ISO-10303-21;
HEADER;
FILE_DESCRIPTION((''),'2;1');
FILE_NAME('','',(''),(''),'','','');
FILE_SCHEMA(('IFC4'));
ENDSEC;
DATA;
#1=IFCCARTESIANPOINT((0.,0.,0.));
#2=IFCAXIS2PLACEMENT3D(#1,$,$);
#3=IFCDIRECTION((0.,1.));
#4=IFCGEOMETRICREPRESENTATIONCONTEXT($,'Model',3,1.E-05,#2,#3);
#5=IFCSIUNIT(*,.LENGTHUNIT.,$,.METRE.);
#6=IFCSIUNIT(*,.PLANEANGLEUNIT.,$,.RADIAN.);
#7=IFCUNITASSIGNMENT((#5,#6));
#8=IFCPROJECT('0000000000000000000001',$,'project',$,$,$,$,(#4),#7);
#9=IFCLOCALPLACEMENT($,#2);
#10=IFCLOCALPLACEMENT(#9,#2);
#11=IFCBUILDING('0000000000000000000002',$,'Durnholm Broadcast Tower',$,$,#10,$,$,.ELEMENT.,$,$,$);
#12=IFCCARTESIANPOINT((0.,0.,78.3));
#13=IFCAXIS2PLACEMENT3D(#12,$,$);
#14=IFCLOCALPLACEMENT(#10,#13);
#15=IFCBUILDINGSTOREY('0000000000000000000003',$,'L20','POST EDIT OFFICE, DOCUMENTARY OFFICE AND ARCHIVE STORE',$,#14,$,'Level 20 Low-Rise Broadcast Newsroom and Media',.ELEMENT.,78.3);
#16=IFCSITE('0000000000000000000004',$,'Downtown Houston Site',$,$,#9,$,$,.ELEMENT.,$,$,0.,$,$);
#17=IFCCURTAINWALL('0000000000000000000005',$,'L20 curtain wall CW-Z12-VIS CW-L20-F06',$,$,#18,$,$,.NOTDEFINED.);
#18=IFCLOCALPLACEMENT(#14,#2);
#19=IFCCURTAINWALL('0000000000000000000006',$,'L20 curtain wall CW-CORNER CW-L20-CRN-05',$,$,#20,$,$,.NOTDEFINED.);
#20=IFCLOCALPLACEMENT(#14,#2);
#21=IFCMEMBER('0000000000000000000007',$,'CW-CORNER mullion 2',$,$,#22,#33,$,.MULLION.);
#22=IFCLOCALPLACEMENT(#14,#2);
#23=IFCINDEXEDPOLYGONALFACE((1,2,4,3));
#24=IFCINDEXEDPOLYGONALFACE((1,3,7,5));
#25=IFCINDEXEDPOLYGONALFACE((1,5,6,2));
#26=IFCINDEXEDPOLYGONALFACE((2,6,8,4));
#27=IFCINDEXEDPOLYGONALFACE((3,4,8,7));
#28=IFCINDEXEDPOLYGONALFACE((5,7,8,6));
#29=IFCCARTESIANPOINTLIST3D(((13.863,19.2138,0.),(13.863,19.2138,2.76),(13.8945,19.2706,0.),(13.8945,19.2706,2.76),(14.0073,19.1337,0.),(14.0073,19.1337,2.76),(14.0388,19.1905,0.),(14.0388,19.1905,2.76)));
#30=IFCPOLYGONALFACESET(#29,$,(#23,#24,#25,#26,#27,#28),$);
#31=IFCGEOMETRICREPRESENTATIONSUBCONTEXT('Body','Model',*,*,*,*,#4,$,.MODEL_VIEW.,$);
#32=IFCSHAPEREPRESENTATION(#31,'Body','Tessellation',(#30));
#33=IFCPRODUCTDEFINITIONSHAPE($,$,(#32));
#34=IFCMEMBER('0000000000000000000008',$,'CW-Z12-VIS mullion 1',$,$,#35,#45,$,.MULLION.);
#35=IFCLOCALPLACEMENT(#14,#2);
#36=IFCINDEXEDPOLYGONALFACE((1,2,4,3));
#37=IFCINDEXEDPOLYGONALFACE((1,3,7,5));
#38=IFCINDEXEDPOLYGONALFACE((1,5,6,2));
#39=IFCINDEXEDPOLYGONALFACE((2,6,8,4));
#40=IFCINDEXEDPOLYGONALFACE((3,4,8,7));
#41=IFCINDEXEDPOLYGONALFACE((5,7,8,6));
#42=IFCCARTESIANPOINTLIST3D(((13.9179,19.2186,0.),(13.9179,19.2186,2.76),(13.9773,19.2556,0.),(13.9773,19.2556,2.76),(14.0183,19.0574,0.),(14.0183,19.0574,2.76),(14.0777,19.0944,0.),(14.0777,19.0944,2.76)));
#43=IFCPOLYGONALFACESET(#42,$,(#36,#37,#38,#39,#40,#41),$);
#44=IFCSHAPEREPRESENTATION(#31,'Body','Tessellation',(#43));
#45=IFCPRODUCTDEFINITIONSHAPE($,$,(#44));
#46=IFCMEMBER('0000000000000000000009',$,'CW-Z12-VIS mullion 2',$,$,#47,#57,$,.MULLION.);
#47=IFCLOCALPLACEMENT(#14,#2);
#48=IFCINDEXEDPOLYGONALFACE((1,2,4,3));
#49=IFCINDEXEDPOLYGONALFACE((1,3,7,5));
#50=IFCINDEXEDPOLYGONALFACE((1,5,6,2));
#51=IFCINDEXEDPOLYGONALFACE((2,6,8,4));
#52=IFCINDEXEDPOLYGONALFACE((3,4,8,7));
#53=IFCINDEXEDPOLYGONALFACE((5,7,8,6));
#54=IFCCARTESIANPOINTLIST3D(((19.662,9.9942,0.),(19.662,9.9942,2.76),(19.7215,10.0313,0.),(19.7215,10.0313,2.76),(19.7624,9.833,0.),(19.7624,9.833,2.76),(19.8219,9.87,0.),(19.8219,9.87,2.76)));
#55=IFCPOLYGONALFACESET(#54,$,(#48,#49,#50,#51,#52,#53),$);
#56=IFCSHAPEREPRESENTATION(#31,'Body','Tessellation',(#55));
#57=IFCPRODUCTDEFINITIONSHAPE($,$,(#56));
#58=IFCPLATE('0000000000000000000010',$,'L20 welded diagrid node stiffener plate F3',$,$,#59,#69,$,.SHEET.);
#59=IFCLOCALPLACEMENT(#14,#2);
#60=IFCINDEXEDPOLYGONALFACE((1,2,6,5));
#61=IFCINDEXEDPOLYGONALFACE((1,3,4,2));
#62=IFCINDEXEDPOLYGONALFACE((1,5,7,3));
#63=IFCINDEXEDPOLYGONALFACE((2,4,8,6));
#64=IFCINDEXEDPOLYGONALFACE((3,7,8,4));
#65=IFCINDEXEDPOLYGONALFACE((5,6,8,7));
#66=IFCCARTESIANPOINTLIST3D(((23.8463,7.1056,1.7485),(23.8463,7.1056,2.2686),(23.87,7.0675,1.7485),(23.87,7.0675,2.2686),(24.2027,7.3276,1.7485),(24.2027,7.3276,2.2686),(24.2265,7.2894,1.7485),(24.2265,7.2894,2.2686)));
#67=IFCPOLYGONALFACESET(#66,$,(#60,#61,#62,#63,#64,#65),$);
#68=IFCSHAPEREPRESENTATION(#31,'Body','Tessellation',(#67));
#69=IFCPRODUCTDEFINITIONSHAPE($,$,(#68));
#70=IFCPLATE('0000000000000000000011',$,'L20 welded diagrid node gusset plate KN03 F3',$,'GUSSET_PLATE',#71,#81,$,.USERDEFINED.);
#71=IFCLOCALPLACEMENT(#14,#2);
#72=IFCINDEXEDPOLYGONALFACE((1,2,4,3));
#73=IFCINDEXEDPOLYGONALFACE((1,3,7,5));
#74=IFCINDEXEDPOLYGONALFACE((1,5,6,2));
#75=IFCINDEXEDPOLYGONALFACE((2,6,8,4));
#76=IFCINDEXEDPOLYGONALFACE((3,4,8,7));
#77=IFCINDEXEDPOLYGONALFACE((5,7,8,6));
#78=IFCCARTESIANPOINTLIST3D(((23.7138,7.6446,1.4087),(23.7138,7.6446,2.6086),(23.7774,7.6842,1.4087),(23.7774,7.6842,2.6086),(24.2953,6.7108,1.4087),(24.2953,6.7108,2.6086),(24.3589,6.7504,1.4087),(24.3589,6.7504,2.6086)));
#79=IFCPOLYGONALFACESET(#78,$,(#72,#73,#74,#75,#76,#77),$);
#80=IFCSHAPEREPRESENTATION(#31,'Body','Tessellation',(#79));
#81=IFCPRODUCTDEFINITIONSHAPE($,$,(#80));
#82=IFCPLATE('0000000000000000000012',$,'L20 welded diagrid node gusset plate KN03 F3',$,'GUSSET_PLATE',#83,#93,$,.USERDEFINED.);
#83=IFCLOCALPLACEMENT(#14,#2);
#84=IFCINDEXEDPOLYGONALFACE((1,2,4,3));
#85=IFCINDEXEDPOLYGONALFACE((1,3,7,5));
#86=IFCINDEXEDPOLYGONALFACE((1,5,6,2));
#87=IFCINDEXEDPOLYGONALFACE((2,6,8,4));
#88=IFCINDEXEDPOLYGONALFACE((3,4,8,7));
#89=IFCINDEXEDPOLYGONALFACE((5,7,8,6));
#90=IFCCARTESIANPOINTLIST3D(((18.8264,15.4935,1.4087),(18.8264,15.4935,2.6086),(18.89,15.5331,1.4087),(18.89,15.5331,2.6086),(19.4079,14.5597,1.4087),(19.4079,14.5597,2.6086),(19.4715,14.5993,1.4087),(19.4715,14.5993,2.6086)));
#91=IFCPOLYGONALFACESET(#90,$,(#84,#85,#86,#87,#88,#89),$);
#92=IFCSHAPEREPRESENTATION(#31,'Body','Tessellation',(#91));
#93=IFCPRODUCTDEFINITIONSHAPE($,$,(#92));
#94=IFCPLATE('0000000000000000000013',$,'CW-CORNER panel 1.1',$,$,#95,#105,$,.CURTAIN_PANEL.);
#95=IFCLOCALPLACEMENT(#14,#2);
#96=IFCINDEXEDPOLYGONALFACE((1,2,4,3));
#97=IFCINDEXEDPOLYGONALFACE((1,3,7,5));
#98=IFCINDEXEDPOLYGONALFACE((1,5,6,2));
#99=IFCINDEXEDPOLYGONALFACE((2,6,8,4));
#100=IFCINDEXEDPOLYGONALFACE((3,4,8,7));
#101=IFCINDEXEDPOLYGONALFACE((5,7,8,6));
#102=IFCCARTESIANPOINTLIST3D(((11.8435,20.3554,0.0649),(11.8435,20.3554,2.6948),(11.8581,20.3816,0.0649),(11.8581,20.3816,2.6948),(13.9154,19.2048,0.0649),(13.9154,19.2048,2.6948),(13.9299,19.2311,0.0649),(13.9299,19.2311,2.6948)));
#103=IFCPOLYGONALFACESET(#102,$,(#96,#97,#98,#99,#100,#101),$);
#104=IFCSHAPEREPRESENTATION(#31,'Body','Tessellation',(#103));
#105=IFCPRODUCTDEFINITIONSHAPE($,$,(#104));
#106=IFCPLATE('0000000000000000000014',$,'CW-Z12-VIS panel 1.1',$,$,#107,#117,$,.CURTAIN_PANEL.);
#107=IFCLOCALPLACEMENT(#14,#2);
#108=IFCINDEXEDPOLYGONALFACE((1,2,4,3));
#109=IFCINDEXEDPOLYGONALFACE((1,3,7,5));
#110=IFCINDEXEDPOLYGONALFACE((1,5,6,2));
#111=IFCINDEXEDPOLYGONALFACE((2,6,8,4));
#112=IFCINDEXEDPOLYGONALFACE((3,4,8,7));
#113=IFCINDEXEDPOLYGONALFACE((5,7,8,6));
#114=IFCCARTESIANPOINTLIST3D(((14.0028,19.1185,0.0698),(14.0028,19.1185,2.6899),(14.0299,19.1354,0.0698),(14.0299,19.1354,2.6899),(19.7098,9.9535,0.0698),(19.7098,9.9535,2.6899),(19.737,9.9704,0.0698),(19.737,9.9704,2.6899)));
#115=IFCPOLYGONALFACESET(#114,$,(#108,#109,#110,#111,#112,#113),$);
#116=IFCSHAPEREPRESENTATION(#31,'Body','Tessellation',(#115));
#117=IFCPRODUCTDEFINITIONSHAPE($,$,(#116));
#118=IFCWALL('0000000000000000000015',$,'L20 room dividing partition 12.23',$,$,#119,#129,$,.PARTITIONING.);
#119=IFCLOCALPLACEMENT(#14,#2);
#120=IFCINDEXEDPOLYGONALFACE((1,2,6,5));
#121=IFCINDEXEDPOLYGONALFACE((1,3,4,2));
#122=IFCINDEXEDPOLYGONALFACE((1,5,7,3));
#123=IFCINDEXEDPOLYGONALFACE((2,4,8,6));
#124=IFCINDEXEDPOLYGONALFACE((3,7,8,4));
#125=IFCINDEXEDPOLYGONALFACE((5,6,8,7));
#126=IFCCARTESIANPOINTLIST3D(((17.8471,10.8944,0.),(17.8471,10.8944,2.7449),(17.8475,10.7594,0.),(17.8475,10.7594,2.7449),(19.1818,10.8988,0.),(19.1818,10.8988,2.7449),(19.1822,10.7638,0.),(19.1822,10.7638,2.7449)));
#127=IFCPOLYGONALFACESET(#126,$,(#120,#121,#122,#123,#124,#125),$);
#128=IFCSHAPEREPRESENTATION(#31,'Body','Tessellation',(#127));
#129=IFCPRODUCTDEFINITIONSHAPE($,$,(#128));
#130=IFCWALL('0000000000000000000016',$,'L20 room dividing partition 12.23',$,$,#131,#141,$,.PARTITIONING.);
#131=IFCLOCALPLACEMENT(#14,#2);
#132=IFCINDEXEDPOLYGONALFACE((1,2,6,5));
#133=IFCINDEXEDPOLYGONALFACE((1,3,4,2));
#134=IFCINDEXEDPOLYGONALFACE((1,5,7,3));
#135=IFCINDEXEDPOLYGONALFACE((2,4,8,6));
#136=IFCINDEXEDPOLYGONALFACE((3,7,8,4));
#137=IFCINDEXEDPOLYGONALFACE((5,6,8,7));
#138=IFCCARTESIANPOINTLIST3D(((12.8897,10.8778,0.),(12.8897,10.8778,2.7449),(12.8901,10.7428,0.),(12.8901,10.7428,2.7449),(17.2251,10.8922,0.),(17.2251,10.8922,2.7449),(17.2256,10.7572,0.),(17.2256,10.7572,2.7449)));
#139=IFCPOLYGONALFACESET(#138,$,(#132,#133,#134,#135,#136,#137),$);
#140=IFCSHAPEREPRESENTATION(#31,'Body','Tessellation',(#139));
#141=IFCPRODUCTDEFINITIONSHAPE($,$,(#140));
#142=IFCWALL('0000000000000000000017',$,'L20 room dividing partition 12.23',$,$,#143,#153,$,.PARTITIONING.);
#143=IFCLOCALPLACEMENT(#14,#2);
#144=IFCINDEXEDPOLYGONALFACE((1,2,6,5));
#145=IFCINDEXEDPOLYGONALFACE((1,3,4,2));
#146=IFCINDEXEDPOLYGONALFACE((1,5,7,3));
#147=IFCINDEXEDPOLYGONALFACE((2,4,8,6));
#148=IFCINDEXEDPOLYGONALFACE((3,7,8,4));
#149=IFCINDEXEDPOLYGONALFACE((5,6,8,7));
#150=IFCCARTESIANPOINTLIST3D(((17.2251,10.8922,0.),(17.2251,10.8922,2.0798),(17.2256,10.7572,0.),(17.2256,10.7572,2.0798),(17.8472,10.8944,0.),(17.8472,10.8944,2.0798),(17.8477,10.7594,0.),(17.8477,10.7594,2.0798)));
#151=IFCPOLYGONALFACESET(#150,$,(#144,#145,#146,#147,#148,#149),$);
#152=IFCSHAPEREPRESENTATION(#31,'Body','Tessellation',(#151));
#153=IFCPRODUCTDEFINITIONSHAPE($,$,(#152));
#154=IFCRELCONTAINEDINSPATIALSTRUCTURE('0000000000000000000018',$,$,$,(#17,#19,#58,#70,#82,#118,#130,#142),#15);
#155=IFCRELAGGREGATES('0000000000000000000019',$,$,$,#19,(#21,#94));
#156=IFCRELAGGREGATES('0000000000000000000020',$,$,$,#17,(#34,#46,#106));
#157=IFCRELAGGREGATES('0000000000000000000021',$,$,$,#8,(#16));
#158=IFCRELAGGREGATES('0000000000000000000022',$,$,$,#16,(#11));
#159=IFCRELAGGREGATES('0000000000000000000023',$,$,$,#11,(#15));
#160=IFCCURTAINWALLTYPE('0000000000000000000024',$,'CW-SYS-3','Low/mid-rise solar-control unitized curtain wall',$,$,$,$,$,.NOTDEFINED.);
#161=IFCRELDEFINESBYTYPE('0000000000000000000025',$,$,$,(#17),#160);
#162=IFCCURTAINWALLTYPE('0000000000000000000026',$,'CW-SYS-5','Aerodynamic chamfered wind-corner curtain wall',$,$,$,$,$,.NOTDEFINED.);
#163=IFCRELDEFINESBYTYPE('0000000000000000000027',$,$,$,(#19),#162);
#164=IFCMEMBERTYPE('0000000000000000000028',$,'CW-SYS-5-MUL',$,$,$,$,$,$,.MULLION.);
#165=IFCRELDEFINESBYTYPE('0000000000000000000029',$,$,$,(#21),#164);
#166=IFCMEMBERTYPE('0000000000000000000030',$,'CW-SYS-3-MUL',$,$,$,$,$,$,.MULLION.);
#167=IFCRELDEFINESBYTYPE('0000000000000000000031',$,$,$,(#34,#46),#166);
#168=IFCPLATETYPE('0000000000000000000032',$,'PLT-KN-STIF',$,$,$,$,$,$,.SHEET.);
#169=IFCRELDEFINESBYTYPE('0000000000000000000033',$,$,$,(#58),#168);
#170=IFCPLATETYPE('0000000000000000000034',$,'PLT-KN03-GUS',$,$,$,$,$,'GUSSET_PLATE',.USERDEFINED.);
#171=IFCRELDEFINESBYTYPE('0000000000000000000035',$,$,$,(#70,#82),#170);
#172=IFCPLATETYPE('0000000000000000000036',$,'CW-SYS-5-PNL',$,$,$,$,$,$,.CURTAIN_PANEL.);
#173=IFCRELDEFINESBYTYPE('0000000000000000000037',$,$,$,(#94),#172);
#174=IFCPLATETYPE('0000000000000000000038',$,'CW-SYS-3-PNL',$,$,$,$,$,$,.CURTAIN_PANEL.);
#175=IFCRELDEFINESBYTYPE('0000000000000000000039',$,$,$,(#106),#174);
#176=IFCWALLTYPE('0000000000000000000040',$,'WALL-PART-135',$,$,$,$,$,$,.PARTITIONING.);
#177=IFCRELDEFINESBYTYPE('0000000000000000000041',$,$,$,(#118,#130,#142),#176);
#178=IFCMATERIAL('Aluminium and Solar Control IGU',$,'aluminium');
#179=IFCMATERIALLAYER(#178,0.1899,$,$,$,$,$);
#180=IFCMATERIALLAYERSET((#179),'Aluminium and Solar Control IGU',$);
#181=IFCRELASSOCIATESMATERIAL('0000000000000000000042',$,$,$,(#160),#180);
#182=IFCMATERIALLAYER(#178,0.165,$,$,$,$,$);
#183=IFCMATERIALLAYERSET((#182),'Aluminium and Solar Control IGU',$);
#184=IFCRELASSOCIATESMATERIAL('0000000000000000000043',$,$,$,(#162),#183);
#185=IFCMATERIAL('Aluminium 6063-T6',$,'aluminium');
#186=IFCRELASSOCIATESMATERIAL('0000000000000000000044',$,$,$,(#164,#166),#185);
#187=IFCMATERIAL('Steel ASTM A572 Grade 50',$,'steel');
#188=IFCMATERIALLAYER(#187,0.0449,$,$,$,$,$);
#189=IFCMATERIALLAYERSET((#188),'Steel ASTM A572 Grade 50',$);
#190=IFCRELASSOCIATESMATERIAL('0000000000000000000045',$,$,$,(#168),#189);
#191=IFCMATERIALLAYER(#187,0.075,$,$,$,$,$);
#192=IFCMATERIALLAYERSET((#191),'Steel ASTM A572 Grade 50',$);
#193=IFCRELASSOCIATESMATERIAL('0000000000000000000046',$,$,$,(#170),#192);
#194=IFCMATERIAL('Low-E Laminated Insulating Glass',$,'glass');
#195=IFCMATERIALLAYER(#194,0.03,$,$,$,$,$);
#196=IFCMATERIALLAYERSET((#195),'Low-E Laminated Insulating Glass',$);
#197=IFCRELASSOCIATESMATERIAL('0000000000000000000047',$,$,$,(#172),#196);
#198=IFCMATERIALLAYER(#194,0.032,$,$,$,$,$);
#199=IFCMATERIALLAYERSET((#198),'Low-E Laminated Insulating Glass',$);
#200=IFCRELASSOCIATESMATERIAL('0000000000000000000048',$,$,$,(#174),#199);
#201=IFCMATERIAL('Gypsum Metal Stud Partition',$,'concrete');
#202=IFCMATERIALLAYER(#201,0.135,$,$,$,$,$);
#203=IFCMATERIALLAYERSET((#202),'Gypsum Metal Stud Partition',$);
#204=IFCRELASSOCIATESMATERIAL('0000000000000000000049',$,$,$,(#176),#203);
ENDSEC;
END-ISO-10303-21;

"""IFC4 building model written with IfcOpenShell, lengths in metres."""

from ifc_helpers import new_model, si_unit, direction, frame, frame_2d, origin, origin_2d, place, context, subcontext, project, spatial, rectangle, extrude, source, transform, mapped, material, layer, layer_set, material_profile, profile_set, type_object, type_shapes, element, aggregate, save


model = new_model("IFC4")

# Units and contexts
model_context = context("Model", 3, precision=1e-05, world=origin(), true_north=direction((0.0, 1.0)))
body_context = subcontext(model_context, "Body", "Model", "MODEL_VIEW")
ifc_project = project(units=[si_unit("LENGTHUNIT", "METRE"), si_unit("PLANEANGLEUNIT", "RADIAN")], contexts=[model_context])

# Site, building, storey
site_placement = place(None, origin())
site = spatial("IfcSite", under=ifc_project, at=site_placement, Name="Downtown Houston Site", CompositionType="ELEMENT", RefElevation=0.0)
building_placement = place(site_placement, origin())
building = spatial("IfcBuilding", under=site, at=building_placement, Name="Durnholm Broadcast Tower", CompositionType="ELEMENT")
storey_placement = place(building_placement, frame((0.0, 0.0, 78.3)))
storey = spatial("IfcBuildingStorey", under=building, at=storey_placement, Name="L20", Description="POST EDIT OFFICE, DOCUMENTARY OFFICE AND ARCHIVE STORE", LongName="Level 20 Low-Rise Broadcast Newsroom and Media", CompositionType="ELEMENT", Elevation=78.3)

# Curtain wall
ifc_material_1 = material(Name="Aluminium and Solar Control IGU", Category="aluminium")
ifc_layer_1 = layer(ifc_material_1, 0.1899)
ifc_layer_set_1 = layer_set([ifc_layer_1], Name="Aluminium and Solar Control IGU")
curtain_wall_type_1 = type_object("IfcCurtainWallType", Name="CW-SYS-3", Description="Low/mid-rise solar-control unitized curtain wall", PredefinedType="NOTDEFINED", material=ifc_layer_set_1)
curtain_wall_1_placement = place(storey_placement, origin())
curtain_wall_1 = element("IfcCurtainWall", 1, at=curtain_wall_1_placement, inside=storey, type_object=curtain_wall_type_1, Name="L20 curtain wall CW-Z12-VIS CW-L20-F06", PredefinedType="NOTDEFINED")
ifc_material_2 = material(Name="Aluminium 6063-T6", Category="aluminium")

# Curtain wall, member
ifc_layer_2 = layer(ifc_material_1, 0.165)
ifc_layer_set_2 = layer_set([ifc_layer_2], Name="Aluminium and Solar Control IGU")
curtain_wall_type_2 = type_object("IfcCurtainWallType", Name="CW-SYS-5", Description="Aerodynamic chamfered wind-corner curtain wall", PredefinedType="NOTDEFINED", material=ifc_layer_set_2)
curtain_wall_2_placement = place(storey_placement, origin())
curtain_wall_2 = element("IfcCurtainWall", 2, at=curtain_wall_2_placement, inside=storey, type_object=curtain_wall_type_2, Name="L20 curtain wall CW-CORNER CW-L20-CRN-05", PredefinedType="NOTDEFINED")
ifc_material_profile_1 = material_profile(ifc_material_2, rectangle(XDim=0.0649, YDim=0.165, at=origin_2d()), Name="CWM65X165")
ifc_profile_set_1 = profile_set([ifc_material_profile_1], Name="Aluminium 6063-T6")
member_type_1 = type_object("IfcMemberType", Name="CW-SYS-5-MUL", PredefinedType="MULLION", material=ifc_profile_set_1)
shared_shape_1 = source(origin(), body_context, "Body", "SweptSolid", [
    extrude(rectangle(XDim=0.0649, YDim=0.165, at=origin_2d()), origin(), (0.0, 0.0, 1.0), 2.76),
])
type_shapes(member_type_1, [shared_shape_1])
member_1_placement = place(storey_placement, frame((13.9509, 19.2021, 0.0), z_axis=(0.0, 0.0, 1.0), x_axis=(0.485483, 0.874246, 0.0)))
member_1 = element("IfcMember", 3, at=member_1_placement, type_object=member_type_1, Name="CW-CORNER mullion 2", PredefinedType="MULLION", context=body_context, shape_type="MappedRepresentation", body=[
    mapped(shared_shape_1, transform((0.0, 0.0, 0.0), x_axis=(1.0, 0.0, 0.0), y_axis=(0.0, 1.0, 0.0), z_axis=(0.0, 0.0, 1.0), scale=1.0)),
])

# Members
ifc_material_profile_2 = material_profile(ifc_material_2, rectangle(XDim=0.0701, YDim=0.1899, at=origin_2d()), Name="CWM70X190")
ifc_profile_set_2 = profile_set([ifc_material_profile_2], Name="Aluminium 6063-T6")
member_type_2 = type_object("IfcMemberType", Name="CW-SYS-3-MUL", PredefinedType="MULLION", material=ifc_profile_set_2)
shared_shape_2 = source(origin(), body_context, "Body", "SweptSolid", [
    extrude(rectangle(XDim=0.0701, YDim=0.1899, at=origin_2d()), origin(), (0.0, 0.0, 1.0), 2.76),
])
type_shapes(member_type_2, [shared_shape_2])
member_2_placement = place(storey_placement, frame((13.9978, 19.1565, 0.0), z_axis=(0.0, 0.0, 1.0), x_axis=(0.848876, 0.528592, 0.0)))
member_2 = element("IfcMember", 4, at=member_2_placement, type_object=member_type_2, Name="CW-Z12-VIS mullion 1", PredefinedType="MULLION", context=body_context, shape_type="MappedRepresentation", body=[
    mapped(shared_shape_2, transform((0.0, 0.0, 0.0), x_axis=(1.0, 0.0, 0.0), y_axis=(0.0, 1.0, 0.0), z_axis=(0.0, 0.0, 1.0), scale=1.0)),
])
member_3_placement = place(storey_placement, frame((19.7419, 9.9321, 0.0), z_axis=(0.0, 0.0, 1.0), x_axis=(0.848876, 0.528592, 0.0)))
member_3 = element("IfcMember", 5, at=member_3_placement, type_object=member_type_2, Name="CW-Z12-VIS mullion 2", PredefinedType="MULLION", context=body_context, shape_type="MappedRepresentation", body=[
    mapped(shared_shape_2, transform((0.0, 0.0, 0.0), x_axis=(1.0, 0.0, 0.0), y_axis=(0.0, 1.0, 0.0), z_axis=(0.0, 0.0, 1.0), scale=1.0)),
])

# Plates
ifc_material_3 = material(Name="Steel ASTM A572 Grade 50", Category="steel")
ifc_layer_3 = layer(ifc_material_3, 0.0449)
ifc_layer_set_3 = layer_set([ifc_layer_3], Name="Steel ASTM A572 Grade 50")
plate_type_1 = type_object("IfcPlateType", Name="PLT-KN-STIF", PredefinedType="SHEET", material=ifc_layer_set_3)
shared_shape_3 = source(origin(), body_context, "Body", "SweptSolid", [
    extrude(rectangle(XDim=0.0449, YDim=0.4199, at=origin_2d()), origin(), (0.0, 0.0, 1.0), 0.52),
])
type_shapes(plate_type_1, [shared_shape_3])
plate_1_placement = place(storey_placement, frame((24.0364, 7.1975, 1.7485), z_axis=(0.0, 0.0, 1.0), x_axis=(-0.528587, 0.848879, 0.0)))
element("IfcPlate", 6, at=plate_1_placement, inside=storey, type_object=plate_type_1, Name="L20 welded diagrid node stiffener plate F3", PredefinedType="SHEET", context=body_context, shape_type="MappedRepresentation", body=[
    mapped(shared_shape_3, transform((0.0, 0.0, 0.0), x_axis=(1.0, 0.0, 0.0), y_axis=(0.0, 1.0, 0.0), z_axis=(0.0, 0.0, 1.0), scale=1.0)),
])
ifc_layer_4 = layer(ifc_material_3, 0.075)
ifc_layer_set_4 = layer_set([ifc_layer_4], Name="Steel ASTM A572 Grade 50")
plate_type_2 = type_object("IfcPlateType", Name="PLT-KN03-GUS", ElementType="GUSSET_PLATE", PredefinedType="USERDEFINED", material=ifc_layer_set_4)
shared_shape_4 = source(origin(), body_context, "Body", "SweptSolid", [
    extrude(rectangle(XDim=1.1001, YDim=0.075, at=origin_2d()), origin(), (0.0, 0.0, 1.0), 1.2),
])
type_shapes(plate_type_2, [shared_shape_4])
for number, where, z_axis, x_axis, name in (
    (7, (24.0364, 7.1975, 1.4087), (0.0, 0.0, 1.0), (-0.528587, 0.848879, 0.0), "L20 welded diagrid node gusset plate KN03 F3"),
    (8, (19.1489, 15.0464, 1.4087), (0.0, 0.0, 1.0), (-0.528587, 0.848879, 0.0), "L20 welded diagrid node gusset plate KN03 F3"),
):
    element("IfcPlate", number, at=place(storey_placement, frame(where, z_axis=z_axis, x_axis=x_axis)), inside=storey, type_object=plate_type_2, Name=name, ObjectType="GUSSET_PLATE", PredefinedType="USERDEFINED", context=body_context, shape_type="MappedRepresentation", body=[
        mapped(shared_shape_4, transform((0.0, 0.0, 0.0), x_axis=(1.0, 0.0, 0.0), y_axis=(0.0, 1.0, 0.0), z_axis=(0.0, 0.0, 1.0), scale=1.0)),
    ])

# Plates
ifc_material_4 = material(Name="Low-E Laminated Insulating Glass", Category="glass")
ifc_layer_5 = layer(ifc_material_4, 0.03)
ifc_layer_set_5 = layer_set([ifc_layer_5], Name="Low-E Laminated Insulating Glass")
plate_type_3 = type_object("IfcPlateType", Name="CW-SYS-5-PNL", PredefinedType="CURTAIN_PANEL", material=ifc_layer_set_5)
shared_shape_5 = source(origin(), body_context, "Body", "SweptSolid", [
    extrude(rectangle(XDim=2.3699, YDim=0.03, at=origin_2d()), origin(), (0.0, 0.0, 1.0), 2.6299),
])
type_shapes(plate_type_3, [shared_shape_5])
plate_2_placement = place(storey_placement, frame((12.8867, 19.7932, 0.0649), z_axis=(0.0, 0.0, 1.0), x_axis=(0.874246, -0.485483, 0.0)))
plate_2 = element("IfcPlate", 9, at=plate_2_placement, type_object=plate_type_3, Name="CW-CORNER panel 1.1", PredefinedType="CURTAIN_PANEL", context=body_context, shape_type="MappedRepresentation", body=[
    mapped(shared_shape_5, transform((0.0, 0.0, 0.0), x_axis=(1.0, 0.0, 0.0), y_axis=(0.0, 1.0, 0.0), z_axis=(0.0, 0.0, 1.0), scale=1.0)),
])
aggregate(curtain_wall_2, [member_1, plate_2])
ifc_layer_6 = layer(ifc_material_4, 0.032)
ifc_layer_set_6 = layer_set([ifc_layer_6], Name="Low-E Laminated Insulating Glass")
plate_type_4 = type_object("IfcPlateType", Name="CW-SYS-3-PNL", PredefinedType="CURTAIN_PANEL", material=ifc_layer_set_6)
shared_shape_6 = source(origin(), body_context, "Body", "SweptSolid", [
    extrude(rectangle(XDim=10.7966, YDim=0.032, at=origin_2d()), origin(), (0.0, 0.0, 1.0), 2.6201),
])
type_shapes(plate_type_4, [shared_shape_6])
plate_3_placement = place(storey_placement, frame((16.8699, 14.5444, 0.0698), z_axis=(0.0, 0.0, 1.0), x_axis=(0.528592, -0.848876, 0.0)))
plate_3 = element("IfcPlate", 10, at=plate_3_placement, type_object=plate_type_4, Name="CW-Z12-VIS panel 1.1", PredefinedType="CURTAIN_PANEL", context=body_context, shape_type="MappedRepresentation", body=[
    mapped(shared_shape_6, transform((0.0, 0.0, 0.0), x_axis=(1.0, 0.0, 0.0), y_axis=(0.0, 1.0, 0.0), z_axis=(0.0, 0.0, 1.0), scale=1.0)),
])
aggregate(curtain_wall_1, [member_2, member_3, plate_3])

# Walls
ifc_material_5 = material(Name="Gypsum Metal Stud Partition", Category="concrete")
ifc_layer_7 = layer(ifc_material_5, 0.135)
ifc_layer_set_7 = layer_set([ifc_layer_7], Name="Gypsum Metal Stud Partition")
wall_type_1 = type_object("IfcWallType", Name="WALL-PART-135", PredefinedType="PARTITIONING", material=ifc_layer_set_7)
wall_1_placement = place(storey_placement, frame((19.1821, 10.8313, 0.0), z_axis=(0.0, 0.0, 1.0), x_axis=(-0.999995, -0.003292, 0.0)))
element("IfcWall", 11, at=wall_1_placement, inside=storey, type_object=wall_type_1, Name="L20 room dividing partition 12.23", PredefinedType="PARTITIONING", context=body_context, shape_type="SweptSolid", body=[
    extrude(rectangle(XDim=1.3347, YDim=0.135, at=frame_2d((0.6675, 0.0))), origin(), (0.0, 0.0, 1.0), 2.7449),
])
wall_2_placement = place(storey_placement, frame((17.2253, 10.8247, 0.0), z_axis=(0.0, 0.0, 1.0), x_axis=(-0.999994, -0.003322, 0.0)))
element("IfcWall", 12, at=wall_2_placement, inside=storey, type_object=wall_type_1, Name="L20 room dividing partition 12.23", PredefinedType="PARTITIONING", context=body_context, shape_type="SweptSolid", body=[
    extrude(rectangle(XDim=4.3354, YDim=0.135, at=frame_2d((2.1677, 0.0))), origin(), (0.0, 0.0, 1.0), 2.7449),
])
wall_3_placement = place(storey_placement, frame((17.8474, 10.8269, 0.0), z_axis=(0.0, 0.0, 1.0), x_axis=(-0.999994, -0.003532, 0.0)))
element("IfcWall", 13, at=wall_3_placement, inside=storey, type_object=wall_type_1, Name="L20 room dividing partition 12.23", PredefinedType="PARTITIONING", context=body_context, shape_type="SweptSolid", body=[
    extrude(rectangle(XDim=0.6221, YDim=0.135, at=frame_2d((0.311, 0.0))), origin(), (0.0, 0.0, 1.0), 2.0798),
])

save(model, "model.ifc")
